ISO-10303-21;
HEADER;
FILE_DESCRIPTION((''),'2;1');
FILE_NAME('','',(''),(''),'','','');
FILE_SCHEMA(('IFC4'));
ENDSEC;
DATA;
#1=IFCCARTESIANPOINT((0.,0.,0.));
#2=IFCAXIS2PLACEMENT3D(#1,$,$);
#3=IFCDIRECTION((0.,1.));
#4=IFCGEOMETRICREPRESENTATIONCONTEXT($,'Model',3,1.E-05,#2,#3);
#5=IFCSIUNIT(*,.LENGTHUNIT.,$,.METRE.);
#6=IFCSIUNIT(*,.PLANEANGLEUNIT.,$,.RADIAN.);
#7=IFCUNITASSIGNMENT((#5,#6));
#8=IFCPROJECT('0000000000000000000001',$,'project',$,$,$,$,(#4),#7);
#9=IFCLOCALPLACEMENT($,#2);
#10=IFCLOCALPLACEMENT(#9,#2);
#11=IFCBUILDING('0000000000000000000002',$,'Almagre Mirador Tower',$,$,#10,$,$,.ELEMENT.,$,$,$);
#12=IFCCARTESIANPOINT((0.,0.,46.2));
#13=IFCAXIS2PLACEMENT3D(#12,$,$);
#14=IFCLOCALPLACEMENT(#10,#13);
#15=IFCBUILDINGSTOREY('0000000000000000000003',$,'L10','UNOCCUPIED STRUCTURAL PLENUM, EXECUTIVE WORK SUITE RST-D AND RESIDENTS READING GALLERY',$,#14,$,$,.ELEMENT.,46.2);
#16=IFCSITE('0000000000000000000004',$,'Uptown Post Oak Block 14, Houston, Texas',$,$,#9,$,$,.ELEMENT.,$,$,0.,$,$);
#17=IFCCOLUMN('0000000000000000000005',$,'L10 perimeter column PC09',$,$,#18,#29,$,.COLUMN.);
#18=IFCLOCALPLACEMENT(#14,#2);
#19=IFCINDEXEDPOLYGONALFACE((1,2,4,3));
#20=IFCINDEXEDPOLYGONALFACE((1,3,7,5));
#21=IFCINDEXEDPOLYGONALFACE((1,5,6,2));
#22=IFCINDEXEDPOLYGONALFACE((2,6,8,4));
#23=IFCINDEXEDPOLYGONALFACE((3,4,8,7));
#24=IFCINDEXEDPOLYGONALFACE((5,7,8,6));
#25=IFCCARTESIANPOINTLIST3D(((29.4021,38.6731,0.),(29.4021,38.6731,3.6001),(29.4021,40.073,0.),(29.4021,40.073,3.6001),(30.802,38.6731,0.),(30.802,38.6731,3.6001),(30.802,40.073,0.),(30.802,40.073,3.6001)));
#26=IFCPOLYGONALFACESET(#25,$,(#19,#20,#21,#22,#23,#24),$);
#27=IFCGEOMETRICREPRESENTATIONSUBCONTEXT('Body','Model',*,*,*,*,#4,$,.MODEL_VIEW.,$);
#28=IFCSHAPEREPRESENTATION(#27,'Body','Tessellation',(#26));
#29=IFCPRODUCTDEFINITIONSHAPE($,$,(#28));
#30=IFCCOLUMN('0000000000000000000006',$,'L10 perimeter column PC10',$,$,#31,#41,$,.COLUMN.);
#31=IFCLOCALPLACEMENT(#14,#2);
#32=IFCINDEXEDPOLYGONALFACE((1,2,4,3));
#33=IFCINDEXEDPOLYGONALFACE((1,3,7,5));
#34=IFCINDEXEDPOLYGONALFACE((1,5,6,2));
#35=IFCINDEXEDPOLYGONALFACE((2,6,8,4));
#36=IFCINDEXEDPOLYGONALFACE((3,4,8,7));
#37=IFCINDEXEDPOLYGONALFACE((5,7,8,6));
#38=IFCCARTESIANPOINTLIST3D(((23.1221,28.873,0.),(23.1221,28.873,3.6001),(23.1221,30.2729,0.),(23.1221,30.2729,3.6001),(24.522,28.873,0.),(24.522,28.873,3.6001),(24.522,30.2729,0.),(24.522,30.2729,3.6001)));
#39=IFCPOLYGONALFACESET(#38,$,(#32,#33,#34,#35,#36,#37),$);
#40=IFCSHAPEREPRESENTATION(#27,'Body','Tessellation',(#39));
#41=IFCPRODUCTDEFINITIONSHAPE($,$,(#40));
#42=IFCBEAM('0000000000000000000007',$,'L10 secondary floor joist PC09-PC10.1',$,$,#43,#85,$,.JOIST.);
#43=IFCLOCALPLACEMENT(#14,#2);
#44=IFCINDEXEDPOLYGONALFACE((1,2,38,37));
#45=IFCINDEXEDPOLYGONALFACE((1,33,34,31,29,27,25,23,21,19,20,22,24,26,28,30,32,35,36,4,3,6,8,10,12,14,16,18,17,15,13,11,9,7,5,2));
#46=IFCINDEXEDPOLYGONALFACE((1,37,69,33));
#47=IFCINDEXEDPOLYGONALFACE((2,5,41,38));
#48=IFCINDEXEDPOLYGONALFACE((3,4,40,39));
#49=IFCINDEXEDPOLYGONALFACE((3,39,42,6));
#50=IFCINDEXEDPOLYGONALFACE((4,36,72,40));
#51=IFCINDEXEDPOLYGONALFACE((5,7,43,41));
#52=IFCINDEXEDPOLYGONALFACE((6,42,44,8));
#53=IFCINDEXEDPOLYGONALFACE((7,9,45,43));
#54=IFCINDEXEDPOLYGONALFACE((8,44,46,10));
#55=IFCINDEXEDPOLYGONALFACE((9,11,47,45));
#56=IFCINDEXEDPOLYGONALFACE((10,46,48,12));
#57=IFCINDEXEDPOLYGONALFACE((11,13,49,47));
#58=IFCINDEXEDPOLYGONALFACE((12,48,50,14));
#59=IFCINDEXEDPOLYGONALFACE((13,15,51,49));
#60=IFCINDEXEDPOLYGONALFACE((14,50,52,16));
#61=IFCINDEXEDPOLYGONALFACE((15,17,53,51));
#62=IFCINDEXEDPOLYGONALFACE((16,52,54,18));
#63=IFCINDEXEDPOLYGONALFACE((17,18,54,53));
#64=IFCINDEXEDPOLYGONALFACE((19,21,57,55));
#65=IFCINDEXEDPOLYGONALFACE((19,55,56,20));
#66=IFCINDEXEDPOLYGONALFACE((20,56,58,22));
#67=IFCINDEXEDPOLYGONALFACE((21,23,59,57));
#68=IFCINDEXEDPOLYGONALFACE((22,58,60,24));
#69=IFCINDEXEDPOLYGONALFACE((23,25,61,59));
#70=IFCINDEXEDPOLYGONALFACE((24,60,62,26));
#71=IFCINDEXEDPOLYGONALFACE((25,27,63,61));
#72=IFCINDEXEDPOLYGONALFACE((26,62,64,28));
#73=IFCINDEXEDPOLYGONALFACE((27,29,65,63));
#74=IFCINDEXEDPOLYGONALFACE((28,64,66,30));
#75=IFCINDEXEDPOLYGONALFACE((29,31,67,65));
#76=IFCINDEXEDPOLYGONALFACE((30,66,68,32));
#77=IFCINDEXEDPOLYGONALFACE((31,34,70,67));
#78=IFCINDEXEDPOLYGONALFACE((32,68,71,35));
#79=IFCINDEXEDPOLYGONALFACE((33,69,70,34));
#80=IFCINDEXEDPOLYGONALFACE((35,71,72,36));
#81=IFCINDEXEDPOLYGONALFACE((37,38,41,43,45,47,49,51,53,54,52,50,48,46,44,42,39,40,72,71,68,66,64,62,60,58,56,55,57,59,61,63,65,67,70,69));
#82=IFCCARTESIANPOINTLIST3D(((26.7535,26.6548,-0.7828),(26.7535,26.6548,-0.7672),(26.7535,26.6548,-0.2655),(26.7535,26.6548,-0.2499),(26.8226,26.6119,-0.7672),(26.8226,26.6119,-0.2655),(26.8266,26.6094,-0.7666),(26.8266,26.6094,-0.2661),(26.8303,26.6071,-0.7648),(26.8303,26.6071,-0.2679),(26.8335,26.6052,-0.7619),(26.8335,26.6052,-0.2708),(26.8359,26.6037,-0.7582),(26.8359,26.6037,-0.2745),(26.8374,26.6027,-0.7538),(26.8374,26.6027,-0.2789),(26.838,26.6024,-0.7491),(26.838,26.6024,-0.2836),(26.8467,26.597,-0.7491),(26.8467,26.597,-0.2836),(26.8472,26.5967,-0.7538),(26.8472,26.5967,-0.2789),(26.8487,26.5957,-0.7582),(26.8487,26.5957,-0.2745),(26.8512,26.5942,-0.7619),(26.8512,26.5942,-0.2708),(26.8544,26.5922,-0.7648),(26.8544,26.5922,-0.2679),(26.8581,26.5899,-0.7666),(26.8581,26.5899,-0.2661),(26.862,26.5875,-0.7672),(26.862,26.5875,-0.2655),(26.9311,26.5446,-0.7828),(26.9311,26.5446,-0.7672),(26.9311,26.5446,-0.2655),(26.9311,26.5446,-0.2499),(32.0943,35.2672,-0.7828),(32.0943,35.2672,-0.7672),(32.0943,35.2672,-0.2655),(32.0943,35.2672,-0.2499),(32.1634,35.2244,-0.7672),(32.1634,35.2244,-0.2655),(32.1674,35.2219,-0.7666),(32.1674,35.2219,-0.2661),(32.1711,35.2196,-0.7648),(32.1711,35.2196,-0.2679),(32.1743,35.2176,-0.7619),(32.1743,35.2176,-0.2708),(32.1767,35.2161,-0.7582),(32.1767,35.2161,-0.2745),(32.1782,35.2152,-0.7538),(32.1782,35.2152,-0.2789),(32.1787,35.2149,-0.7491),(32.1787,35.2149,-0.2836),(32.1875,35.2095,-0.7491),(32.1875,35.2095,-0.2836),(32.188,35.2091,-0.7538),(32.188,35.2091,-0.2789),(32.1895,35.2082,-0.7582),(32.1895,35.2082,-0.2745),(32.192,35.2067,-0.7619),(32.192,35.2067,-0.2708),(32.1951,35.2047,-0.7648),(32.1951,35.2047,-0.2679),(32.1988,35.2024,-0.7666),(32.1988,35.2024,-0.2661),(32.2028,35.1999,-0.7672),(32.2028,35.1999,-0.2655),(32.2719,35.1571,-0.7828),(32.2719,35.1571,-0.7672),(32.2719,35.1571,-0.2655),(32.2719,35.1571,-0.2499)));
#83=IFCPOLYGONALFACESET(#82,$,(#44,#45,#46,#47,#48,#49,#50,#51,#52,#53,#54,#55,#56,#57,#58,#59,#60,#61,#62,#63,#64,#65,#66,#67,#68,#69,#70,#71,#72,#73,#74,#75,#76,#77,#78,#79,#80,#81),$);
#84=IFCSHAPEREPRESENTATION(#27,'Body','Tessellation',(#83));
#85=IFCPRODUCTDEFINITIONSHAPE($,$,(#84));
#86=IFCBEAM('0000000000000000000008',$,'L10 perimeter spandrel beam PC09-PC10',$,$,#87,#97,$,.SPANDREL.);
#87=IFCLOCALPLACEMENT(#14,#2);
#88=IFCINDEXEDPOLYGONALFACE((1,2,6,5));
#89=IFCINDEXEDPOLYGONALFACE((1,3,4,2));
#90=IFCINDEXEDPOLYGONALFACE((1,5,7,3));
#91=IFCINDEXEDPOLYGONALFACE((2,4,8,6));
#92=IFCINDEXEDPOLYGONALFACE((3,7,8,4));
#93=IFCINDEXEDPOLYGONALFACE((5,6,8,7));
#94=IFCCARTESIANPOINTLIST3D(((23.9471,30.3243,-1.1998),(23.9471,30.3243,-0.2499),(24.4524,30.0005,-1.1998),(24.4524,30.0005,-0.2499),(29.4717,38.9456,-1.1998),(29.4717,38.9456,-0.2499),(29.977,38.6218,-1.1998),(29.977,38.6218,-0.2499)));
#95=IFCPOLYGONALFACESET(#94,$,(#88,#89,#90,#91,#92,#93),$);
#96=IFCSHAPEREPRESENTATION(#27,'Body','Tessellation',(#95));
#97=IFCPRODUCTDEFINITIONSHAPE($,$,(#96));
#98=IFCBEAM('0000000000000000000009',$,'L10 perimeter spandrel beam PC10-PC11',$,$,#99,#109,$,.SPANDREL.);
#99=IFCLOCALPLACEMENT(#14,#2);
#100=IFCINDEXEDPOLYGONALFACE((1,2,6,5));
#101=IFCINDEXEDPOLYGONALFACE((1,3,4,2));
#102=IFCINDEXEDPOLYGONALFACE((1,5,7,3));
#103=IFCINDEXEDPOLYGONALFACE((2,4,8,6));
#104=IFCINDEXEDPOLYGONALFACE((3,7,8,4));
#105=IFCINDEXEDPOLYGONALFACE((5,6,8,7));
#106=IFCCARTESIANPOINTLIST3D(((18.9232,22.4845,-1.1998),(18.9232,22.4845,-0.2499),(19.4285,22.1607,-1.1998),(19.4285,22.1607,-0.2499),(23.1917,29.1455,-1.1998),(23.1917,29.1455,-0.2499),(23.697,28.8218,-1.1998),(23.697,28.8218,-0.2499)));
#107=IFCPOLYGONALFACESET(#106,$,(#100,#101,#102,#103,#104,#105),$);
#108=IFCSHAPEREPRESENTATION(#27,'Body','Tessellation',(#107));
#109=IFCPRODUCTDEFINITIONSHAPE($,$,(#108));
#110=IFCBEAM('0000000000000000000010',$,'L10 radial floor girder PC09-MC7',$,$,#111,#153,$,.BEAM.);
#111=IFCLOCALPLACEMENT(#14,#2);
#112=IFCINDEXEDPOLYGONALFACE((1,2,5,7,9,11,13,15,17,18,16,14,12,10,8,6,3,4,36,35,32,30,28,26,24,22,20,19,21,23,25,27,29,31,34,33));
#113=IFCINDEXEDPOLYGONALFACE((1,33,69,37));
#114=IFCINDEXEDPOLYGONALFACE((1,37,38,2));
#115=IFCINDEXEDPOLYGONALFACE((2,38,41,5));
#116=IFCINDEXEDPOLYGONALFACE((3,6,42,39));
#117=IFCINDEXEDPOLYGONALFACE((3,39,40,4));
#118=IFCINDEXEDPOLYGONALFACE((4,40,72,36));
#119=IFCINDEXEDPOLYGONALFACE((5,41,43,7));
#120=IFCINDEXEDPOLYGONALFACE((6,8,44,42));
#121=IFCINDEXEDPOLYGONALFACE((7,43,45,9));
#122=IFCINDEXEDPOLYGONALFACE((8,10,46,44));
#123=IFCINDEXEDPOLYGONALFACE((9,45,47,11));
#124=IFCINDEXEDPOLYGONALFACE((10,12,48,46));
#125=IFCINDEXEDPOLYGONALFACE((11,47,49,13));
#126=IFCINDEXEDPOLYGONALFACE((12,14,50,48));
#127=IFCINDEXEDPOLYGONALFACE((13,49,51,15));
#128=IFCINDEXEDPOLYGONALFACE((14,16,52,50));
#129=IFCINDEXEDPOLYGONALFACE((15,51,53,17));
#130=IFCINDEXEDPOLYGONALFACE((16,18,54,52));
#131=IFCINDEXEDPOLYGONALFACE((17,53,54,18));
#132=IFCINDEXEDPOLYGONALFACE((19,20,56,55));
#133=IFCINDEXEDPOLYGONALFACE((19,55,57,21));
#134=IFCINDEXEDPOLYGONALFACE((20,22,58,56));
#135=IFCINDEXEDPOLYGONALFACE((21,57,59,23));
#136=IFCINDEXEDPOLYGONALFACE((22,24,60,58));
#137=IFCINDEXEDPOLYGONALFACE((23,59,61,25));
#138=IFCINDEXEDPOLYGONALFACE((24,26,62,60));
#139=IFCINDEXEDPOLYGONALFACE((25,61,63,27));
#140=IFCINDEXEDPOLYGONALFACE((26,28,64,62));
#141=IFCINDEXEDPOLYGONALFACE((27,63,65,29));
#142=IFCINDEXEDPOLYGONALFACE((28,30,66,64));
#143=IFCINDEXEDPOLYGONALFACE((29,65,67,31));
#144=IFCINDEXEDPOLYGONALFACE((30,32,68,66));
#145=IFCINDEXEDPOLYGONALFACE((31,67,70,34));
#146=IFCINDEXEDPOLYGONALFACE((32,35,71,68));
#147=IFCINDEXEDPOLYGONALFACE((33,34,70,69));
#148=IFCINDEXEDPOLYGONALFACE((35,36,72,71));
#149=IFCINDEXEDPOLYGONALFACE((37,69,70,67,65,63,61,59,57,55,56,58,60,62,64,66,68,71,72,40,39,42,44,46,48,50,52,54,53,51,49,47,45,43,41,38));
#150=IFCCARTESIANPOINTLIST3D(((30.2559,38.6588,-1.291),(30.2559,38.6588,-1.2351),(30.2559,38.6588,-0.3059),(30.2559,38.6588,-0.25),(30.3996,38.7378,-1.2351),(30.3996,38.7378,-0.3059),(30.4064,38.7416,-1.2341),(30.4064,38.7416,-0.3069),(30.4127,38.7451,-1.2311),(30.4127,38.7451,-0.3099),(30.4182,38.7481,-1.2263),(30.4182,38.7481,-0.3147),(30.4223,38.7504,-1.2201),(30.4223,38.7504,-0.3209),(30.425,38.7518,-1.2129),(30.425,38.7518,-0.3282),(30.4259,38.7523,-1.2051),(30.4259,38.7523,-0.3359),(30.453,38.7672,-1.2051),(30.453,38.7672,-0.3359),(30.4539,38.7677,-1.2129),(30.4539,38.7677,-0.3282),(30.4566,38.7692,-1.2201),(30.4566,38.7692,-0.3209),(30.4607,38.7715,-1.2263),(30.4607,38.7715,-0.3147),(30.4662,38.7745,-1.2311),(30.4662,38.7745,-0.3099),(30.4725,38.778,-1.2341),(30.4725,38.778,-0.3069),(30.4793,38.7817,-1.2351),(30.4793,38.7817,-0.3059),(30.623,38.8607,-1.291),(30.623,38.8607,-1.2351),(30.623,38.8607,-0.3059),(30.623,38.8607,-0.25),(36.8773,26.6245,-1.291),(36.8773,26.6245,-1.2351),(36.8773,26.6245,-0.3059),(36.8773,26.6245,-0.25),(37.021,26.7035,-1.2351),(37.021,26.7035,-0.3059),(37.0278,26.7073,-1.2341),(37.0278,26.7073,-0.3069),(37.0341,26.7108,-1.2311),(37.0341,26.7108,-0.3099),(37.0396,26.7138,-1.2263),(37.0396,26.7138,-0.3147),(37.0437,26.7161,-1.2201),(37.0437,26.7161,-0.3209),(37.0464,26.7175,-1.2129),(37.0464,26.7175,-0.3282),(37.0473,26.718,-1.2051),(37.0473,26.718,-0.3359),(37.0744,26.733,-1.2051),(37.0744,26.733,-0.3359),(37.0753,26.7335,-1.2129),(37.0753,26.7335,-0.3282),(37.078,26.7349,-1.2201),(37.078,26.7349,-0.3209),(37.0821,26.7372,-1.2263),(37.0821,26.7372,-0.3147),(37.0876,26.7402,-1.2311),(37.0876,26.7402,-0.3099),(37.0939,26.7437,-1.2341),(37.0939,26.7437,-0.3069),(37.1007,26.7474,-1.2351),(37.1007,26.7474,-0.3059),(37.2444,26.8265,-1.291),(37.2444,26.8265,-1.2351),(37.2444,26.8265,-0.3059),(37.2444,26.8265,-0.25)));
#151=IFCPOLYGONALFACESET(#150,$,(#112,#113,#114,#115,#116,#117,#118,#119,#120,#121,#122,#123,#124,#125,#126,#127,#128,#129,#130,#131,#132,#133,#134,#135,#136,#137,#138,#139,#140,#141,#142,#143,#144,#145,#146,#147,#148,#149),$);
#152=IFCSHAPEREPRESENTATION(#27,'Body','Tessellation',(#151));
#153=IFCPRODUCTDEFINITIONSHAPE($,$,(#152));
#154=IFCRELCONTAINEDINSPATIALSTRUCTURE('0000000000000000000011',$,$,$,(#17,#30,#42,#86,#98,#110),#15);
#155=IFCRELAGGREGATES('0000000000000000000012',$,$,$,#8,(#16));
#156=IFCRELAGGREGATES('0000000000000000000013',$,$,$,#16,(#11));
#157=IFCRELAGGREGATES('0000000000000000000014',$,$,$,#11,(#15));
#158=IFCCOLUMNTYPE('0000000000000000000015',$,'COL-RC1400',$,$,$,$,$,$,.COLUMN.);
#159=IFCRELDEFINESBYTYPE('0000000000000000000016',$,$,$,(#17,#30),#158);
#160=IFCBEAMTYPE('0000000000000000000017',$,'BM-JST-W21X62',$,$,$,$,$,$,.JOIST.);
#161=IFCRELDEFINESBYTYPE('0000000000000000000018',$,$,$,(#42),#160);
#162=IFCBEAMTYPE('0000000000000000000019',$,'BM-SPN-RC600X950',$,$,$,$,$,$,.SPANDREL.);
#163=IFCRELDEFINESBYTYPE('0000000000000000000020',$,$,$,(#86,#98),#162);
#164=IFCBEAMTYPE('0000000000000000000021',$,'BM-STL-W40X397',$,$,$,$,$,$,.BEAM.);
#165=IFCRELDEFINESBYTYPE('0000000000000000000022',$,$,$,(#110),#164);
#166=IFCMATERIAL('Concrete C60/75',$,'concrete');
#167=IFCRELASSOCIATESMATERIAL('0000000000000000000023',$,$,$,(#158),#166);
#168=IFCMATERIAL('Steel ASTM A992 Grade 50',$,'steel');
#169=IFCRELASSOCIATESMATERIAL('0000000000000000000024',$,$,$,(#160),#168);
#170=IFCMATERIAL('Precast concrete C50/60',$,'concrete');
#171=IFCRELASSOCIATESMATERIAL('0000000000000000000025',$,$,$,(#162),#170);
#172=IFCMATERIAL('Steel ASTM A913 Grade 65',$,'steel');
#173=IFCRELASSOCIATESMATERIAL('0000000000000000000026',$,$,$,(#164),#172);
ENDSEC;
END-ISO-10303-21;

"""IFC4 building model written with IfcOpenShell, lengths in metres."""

from ifc_helpers import new_model, si_unit, direction, frame, origin, origin_2d, place, context, subcontext, project, spatial, rectangle, i_section, extrude, material, material_profile, profile_set, type_object, element, save


model = new_model("IFC4")

# Units and contexts
model_context = context("Model", 3, precision=1e-05, world=origin(), true_north=direction((0.0, 1.0)))
body_context = subcontext(model_context, "Body", "Model", "MODEL_VIEW")
ifc_project = project(units=[si_unit("LENGTHUNIT", "METRE"), si_unit("PLANEANGLEUNIT", "RADIAN")], contexts=[model_context])

# Site, building, storey
site_placement = place(None, origin())
site = spatial("IfcSite", under=ifc_project, at=site_placement, Name="Uptown Post Oak Block 14, Houston, Texas", CompositionType="ELEMENT", RefElevation=0.0)
building_placement = place(site_placement, origin())
building = spatial("IfcBuilding", under=site, at=building_placement, Name="Almagre Mirador Tower", CompositionType="ELEMENT")
storey_placement = place(building_placement, frame((0.0, 0.0, 46.2)))
storey = spatial("IfcBuildingStorey", under=building, at=storey_placement, Name="L10", Description="UNOCCUPIED STRUCTURAL PLENUM, EXECUTIVE WORK SUITE RST-D AND RESIDENTS READING GALLERY", CompositionType="ELEMENT", Elevation=46.2)

# Columns
ifc_material_1 = material(Name="Concrete C60/75", Category="concrete")
ifc_material_profile_1 = material_profile(ifc_material_1, rectangle(XDim=1.3999, YDim=1.3999, at=origin_2d()), Name="RC1400X1400")
ifc_profile_set_1 = profile_set([ifc_material_profile_1], Name="Concrete C60/75")
column_type = type_object("IfcColumnType", Name="COL-RC1400", PredefinedType="COLUMN", material=ifc_profile_set_1)
for number, where, z_axis, x_axis, name in (
    (1, (30.1021, 39.373, 0.0), (0.0, 0.0, 1.0), (1.0, 0.0, 0.0), "L10 perimeter column PC09"),
    (2, (23.822, 29.573, 0.0), (0.0, 0.0, 1.0), (1.0, 0.0, 0.0), "L10 perimeter column PC10"),
):
    element("IfcColumn", number, at=place(storey_placement, frame(where, z_axis=z_axis, x_axis=x_axis)), inside=storey, type_object=column_type, Name=name, PredefinedType="COLUMN", context=body_context, shape_type="SweptSolid", body=[
        extrude(rectangle(XDim=1.3999, YDim=1.3999, at=origin_2d()), origin(), (0.0, 0.0, 1.0), 3.6001),
    ])

# Beams
ifc_material_2 = material(Name="Steel ASTM A992 Grade 50", Category="steel")
ifc_material_profile_2 = material_profile(ifc_material_2, i_section(OverallWidth=0.209, OverallDepth=0.533, WebThickness=0.0103, FlangeThickness=0.0156, FilletRadius=0.0181, at=origin_2d()), Name="W21X62")
ifc_profile_set_2 = profile_set([ifc_material_profile_2], Name="Steel ASTM A992 Grade 50")
beam_type_1 = type_object("IfcBeamType", Name="BM-JST-W21X62", PredefinedType="JOIST", material=ifc_profile_set_2)
beam_1_placement = place(storey_placement, frame((32.1831, 35.2122, -0.5164), z_axis=(-0.527014, -0.849857, 0.0), x_axis=(0.849857, -0.527014, 0.0)))
element("IfcBeam", 3, at=beam_1_placement, inside=storey, type_object=beam_type_1, Name="L10 secondary floor joist PC09-PC10.1", PredefinedType="JOIST", context=body_context, shape_type="SweptSolid", body=[
    extrude(i_section(OverallWidth=0.209, OverallDepth=0.533, WebThickness=0.0103, FlangeThickness=0.0156, FilletRadius=0.0181, at=origin_2d()), origin(), (0.0, 0.0, 1.0), 10.134),
])
ifc_material_3 = material(Name="Precast concrete C50/60", Category="concrete")
ifc_material_profile_3 = material_profile(ifc_material_3, rectangle(XDim=0.6001, YDim=0.95, at=origin_2d()), Name="RC600X950")
ifc_profile_set_3 = profile_set([ifc_material_profile_3], Name="Precast concrete C50/60")
beam_type_2 = type_object("IfcBeamType", Name="BM-SPN-RC600X950", PredefinedType="SPANDREL", material=ifc_profile_set_3)
beam_2_placement = place(storey_placement, frame((29.7244, 38.7837, -0.7249), z_axis=(-0.539539, -0.841961, 0.0), x_axis=(0.841961, -0.539539, 0.0)))
element("IfcBeam", 4, at=beam_2_placement, inside=storey, type_object=beam_type_2, Name="L10 perimeter spandrel beam PC09-PC10", PredefinedType="SPANDREL", context=body_context, shape_type="SweptSolid", body=[
    extrude(rectangle(XDim=0.6001, YDim=0.95, at=origin_2d()), origin(), (0.0, 0.0, 1.0), 10.2395),
])
beam_3_placement = place(storey_placement, frame((23.4443, 28.9836, -0.7249), z_axis=(-0.53954, -0.84196, 0.0), x_axis=(0.84196, -0.53954, 0.0)))
element("IfcBeam", 5, at=beam_3_placement, inside=storey, type_object=beam_type_2, Name="L10 perimeter spandrel beam PC10-PC11", PredefinedType="SPANDREL", context=body_context, shape_type="SweptSolid", body=[
    extrude(rectangle(XDim=0.6001, YDim=0.95, at=origin_2d()), origin(), (0.0, 0.0, 1.0), 7.9114),
])
ifc_material_4 = material(Name="Steel ASTM A913 Grade 65", Category="steel")
ifc_material_profile_4 = material_profile(ifc_material_4, i_section(OverallWidth=0.4189, OverallDepth=1.041, WebThickness=0.031, FlangeThickness=0.0559, FilletRadius=0.03, at=origin_2d()), Name="W40X397")
ifc_profile_set_4 = profile_set([ifc_material_profile_4], Name="Steel ASTM A913 Grade 65")
beam_type_3 = type_object("IfcBeamType", Name="BM-STL-W40X397", PredefinedType="BEAM", material=ifc_profile_set_4)
beam_4_placement = place(storey_placement, frame((30.4395, 38.7598, -0.7705), z_axis=(0.482061, -0.876138, 0.0), x_axis=(0.876138, 0.482061, 0.0)))
element("IfcBeam", 6, at=beam_4_placement, inside=storey, type_object=beam_type_3, Name="L10 radial floor girder PC09-MC7", PredefinedType="BEAM", context=body_context, shape_type="SweptSolid", body=[
    extrude(i_section(OverallWidth=0.4189, OverallDepth=1.041, WebThickness=0.031, FlangeThickness=0.0559, FilletRadius=0.03, at=origin_2d()), origin(), (0.0, 0.0, 1.0), 13.7356),
])

save(model, "model.ifc")
